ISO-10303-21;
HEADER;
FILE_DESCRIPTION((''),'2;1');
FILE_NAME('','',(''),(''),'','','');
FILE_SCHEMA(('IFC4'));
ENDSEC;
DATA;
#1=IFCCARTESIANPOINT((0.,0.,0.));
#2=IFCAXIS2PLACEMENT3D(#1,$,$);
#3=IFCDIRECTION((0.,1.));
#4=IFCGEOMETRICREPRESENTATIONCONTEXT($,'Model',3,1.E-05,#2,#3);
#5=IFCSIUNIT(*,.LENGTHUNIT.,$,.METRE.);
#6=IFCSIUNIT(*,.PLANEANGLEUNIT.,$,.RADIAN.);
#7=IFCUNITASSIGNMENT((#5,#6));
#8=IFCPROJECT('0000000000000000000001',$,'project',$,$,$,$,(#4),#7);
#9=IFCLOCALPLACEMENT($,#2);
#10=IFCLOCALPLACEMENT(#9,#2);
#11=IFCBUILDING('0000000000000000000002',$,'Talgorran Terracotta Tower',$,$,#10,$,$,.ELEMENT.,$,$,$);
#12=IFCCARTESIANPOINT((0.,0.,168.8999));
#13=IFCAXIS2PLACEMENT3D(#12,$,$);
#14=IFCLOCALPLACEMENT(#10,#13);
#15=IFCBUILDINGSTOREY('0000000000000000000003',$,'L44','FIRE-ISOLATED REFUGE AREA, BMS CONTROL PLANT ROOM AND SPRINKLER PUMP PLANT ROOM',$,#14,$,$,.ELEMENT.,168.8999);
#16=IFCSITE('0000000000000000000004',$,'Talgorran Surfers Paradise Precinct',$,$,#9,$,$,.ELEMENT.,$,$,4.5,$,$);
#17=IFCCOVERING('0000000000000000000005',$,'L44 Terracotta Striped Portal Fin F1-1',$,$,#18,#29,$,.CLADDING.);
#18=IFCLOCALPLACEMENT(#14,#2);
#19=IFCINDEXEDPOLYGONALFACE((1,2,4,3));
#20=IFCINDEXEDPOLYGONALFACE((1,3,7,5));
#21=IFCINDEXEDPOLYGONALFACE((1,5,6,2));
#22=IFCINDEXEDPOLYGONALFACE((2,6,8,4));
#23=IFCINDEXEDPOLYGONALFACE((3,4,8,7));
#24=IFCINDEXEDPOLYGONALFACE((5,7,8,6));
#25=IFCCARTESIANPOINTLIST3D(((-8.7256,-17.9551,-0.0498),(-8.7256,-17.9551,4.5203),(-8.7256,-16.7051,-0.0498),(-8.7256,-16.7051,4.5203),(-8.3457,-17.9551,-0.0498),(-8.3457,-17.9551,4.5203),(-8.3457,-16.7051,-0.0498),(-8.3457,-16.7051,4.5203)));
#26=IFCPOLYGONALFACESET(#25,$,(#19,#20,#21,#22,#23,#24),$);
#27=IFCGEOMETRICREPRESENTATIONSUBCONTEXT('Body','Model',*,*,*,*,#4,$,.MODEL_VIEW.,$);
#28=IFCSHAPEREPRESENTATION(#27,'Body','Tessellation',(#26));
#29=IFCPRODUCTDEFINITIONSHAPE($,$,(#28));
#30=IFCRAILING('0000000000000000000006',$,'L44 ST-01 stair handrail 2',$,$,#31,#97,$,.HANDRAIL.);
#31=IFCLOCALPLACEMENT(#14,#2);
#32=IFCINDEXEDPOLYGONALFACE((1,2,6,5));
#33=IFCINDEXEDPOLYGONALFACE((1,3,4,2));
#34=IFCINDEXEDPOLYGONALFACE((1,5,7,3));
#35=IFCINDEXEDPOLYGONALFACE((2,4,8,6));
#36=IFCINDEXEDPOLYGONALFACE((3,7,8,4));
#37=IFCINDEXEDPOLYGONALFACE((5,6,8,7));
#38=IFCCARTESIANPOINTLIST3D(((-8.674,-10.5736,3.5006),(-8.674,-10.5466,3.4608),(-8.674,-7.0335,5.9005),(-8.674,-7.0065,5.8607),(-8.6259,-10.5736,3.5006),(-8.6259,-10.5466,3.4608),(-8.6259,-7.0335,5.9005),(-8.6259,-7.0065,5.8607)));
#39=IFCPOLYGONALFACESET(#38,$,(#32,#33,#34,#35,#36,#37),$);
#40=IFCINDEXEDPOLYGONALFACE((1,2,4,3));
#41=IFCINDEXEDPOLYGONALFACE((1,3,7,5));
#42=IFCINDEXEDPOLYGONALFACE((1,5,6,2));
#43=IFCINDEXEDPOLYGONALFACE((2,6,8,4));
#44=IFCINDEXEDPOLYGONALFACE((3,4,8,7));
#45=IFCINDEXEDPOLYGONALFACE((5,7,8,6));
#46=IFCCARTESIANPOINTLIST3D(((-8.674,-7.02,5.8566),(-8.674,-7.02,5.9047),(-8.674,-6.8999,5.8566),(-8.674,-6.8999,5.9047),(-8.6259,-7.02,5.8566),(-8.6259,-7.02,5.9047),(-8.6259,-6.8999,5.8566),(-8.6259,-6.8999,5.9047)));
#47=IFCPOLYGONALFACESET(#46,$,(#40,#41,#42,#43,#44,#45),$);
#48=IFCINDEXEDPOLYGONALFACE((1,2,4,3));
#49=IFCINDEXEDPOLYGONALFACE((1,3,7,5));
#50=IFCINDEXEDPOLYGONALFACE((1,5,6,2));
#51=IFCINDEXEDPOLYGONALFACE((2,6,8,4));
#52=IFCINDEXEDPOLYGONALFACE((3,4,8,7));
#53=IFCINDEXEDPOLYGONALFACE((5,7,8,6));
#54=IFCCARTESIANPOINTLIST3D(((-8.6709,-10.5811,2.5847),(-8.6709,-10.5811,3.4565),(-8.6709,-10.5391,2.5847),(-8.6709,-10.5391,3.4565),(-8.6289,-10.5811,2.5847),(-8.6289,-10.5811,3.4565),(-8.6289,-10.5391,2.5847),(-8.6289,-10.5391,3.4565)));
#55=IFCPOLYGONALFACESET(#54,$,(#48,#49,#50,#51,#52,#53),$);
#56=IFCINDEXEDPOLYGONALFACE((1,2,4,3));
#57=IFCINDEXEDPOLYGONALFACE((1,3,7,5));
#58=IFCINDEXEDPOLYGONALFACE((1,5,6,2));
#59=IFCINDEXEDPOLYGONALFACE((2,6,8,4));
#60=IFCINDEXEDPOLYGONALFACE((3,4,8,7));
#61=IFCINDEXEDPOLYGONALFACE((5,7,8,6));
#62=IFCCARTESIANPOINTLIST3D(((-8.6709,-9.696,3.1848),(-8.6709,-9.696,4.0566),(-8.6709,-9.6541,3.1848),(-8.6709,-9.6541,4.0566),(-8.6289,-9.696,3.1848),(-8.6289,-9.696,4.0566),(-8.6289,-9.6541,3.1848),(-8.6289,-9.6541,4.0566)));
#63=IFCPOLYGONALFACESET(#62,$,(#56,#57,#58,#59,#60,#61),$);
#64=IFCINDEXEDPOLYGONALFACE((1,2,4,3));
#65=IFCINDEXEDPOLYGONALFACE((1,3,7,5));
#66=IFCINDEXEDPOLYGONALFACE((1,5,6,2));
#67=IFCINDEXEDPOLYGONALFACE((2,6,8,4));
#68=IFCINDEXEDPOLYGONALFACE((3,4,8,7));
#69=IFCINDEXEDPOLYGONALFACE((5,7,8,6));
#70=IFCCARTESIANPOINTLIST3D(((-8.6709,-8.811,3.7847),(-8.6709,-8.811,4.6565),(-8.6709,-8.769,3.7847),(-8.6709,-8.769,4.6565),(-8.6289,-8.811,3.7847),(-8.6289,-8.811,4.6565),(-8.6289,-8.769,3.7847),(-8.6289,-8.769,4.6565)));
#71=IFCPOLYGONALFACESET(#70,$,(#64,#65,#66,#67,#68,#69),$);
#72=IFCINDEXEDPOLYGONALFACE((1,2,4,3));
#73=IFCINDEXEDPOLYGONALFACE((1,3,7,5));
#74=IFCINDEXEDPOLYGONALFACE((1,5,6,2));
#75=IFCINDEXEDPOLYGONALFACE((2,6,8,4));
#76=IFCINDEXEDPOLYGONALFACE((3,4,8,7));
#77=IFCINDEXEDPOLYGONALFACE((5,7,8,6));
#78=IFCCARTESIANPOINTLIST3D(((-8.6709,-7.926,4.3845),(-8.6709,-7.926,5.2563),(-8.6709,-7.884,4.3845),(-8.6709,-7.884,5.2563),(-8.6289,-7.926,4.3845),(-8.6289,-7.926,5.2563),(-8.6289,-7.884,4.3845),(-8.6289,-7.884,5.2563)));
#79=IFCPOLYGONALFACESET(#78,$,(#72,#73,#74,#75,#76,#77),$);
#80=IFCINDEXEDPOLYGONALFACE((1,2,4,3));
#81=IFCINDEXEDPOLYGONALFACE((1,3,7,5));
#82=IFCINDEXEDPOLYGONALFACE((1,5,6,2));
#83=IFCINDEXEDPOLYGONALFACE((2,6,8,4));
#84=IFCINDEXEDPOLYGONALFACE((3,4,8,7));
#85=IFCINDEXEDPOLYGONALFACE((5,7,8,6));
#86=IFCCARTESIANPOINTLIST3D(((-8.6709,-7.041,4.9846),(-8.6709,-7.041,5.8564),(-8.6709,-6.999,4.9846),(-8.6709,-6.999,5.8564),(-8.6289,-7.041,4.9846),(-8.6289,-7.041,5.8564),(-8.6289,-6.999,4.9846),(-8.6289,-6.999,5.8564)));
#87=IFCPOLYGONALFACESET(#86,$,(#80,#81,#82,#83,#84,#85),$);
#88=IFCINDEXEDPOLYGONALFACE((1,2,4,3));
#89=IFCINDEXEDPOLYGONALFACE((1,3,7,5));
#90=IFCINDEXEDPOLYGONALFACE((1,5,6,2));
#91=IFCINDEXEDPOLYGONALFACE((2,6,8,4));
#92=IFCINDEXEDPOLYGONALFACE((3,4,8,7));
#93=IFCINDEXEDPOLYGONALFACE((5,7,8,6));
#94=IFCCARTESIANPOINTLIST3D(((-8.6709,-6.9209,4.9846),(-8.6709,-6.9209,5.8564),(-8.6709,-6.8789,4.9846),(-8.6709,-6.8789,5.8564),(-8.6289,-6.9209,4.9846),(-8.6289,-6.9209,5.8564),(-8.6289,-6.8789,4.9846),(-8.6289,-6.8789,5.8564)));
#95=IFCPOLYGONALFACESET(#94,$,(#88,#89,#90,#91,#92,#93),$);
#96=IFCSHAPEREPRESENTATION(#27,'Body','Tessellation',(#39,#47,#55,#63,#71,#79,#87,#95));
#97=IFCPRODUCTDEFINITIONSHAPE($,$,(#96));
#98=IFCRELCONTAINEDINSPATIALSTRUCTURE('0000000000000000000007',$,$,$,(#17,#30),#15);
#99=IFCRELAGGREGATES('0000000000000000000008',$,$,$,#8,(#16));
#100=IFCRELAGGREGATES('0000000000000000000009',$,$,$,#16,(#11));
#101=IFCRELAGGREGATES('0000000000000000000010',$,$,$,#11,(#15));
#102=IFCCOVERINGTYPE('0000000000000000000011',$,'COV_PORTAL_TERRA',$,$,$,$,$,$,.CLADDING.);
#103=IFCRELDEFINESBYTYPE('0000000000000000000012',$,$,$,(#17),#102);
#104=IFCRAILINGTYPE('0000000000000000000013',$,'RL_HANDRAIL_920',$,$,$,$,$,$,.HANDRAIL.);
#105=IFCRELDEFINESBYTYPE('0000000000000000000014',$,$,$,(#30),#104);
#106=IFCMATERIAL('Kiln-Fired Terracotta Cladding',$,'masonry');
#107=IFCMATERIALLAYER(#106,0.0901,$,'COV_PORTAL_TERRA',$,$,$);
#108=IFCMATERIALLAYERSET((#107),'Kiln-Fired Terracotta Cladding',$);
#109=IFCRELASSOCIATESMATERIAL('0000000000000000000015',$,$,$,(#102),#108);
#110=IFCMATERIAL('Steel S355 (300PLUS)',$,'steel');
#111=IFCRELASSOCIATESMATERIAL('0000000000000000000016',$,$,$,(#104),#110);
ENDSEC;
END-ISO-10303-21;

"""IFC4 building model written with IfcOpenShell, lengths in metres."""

from ifc_helpers import new_model, si_unit, direction, frame, origin, origin_2d, place, context, subcontext, project, spatial, rectangle, extrude, material, layer, layer_set, type_object, element, save


model = new_model("IFC4")

# Units and contexts
model_context = context("Model", 3, precision=1e-05, world=origin(), true_north=direction((0.0, 1.0)))
body_context = subcontext(model_context, "Body", "Model", "MODEL_VIEW")
ifc_project = project(units=[si_unit("LENGTHUNIT", "METRE"), si_unit("PLANEANGLEUNIT", "RADIAN")], contexts=[model_context])

# Site, building, storey
site_placement = place(None, origin())
site = spatial("IfcSite", under=ifc_project, at=site_placement, Name="Talgorran Surfers Paradise Precinct", CompositionType="ELEMENT", RefElevation=4.5)
building_placement = place(site_placement, origin())
building = spatial("IfcBuilding", under=site, at=building_placement, Name="Talgorran Terracotta Tower", CompositionType="ELEMENT")
storey_placement = place(building_placement, frame((0.0, 0.0, 168.8999)))
storey = spatial("IfcBuildingStorey", under=building, at=storey_placement, Name="L44", Description="FIRE-ISOLATED REFUGE AREA, BMS CONTROL PLANT ROOM AND SPRINKLER PUMP PLANT ROOM", CompositionType="ELEMENT", Elevation=168.8999)

# Covering
ifc_material_1 = material(Name="Kiln-Fired Terracotta Cladding", Category="masonry")
ifc_layer_1 = layer(ifc_material_1, 0.0901, Name="COV_PORTAL_TERRA")
ifc_layer_set_1 = layer_set([ifc_layer_1], Name="Kiln-Fired Terracotta Cladding")
covering_type = type_object("IfcCoveringType", Name="COV_PORTAL_TERRA", PredefinedType="CLADDING", material=ifc_layer_set_1)
covering_placement = place(storey_placement, frame((-8.5356, -17.3301, -0.0498), z_axis=(0.0, 0.0, 1.0), x_axis=(1.0, 0.0, 0.0)))
element("IfcCovering", 1, at=covering_placement, inside=storey, type_object=covering_type, Name="L44 Terracotta Striped Portal Fin F1-1", PredefinedType="CLADDING", context=body_context, shape_type="SweptSolid", body=[
    extrude(rectangle(XDim=0.3799, YDim=1.25, at=origin_2d()), origin(), (0.0, 0.0, 1.0), 4.5701),
])

# Railing
ifc_material_2 = material(Name="Steel S355 (300PLUS)", Category="steel")
railing_type = type_object("IfcRailingType", Name="RL_HANDRAIL_920", PredefinedType="HANDRAIL", material=ifc_material_2)
railing_placement = place(storey_placement, frame((-8.6499, -10.5601, 2.5847)))
element("IfcRailing", 2, at=railing_placement, inside=storey, type_object=railing_type, Name="L44 ST-01 stair handrail 2", PredefinedType="HANDRAIL", context=body_context, shape_type="SweptSolid", body=[
    extrude(rectangle(XDim=0.0481, YDim=0.0481, at=origin_2d()), frame((0.0, 0.0, 0.896), z_axis=(0.0, 0.827722, 0.561138), x_axis=(-1.0, 0.0, 0.0)), (0.0, 0.0, 1.0), 4.2769),
    extrude(rectangle(XDim=0.0481, YDim=0.0481, at=origin_2d()), frame((0.0, 3.54, 3.2959), z_axis=(0.0, 1.0, 0.0), x_axis=(-1.0, 0.0, 0.0)), (0.0, 0.0, 1.0), 0.1201),
    extrude(rectangle(XDim=0.042, YDim=0.042, at=origin_2d()), origin(), (0.0, 0.0, 1.0), 0.8718),
    extrude(rectangle(XDim=0.042, YDim=0.042, at=origin_2d()), frame((0.0, 0.885, 0.6001)), (0.0, 0.0, 1.0), 0.8718),
    extrude(rectangle(XDim=0.042, YDim=0.042, at=origin_2d()), frame((0.0, 1.77, 1.2)), (0.0, 0.0, 1.0), 0.8718),
    extrude(rectangle(XDim=0.042, YDim=0.042, at=origin_2d()), frame((0.0, 2.655, 1.7998)), (0.0, 0.0, 1.0), 0.8718),
    extrude(rectangle(XDim=0.042, YDim=0.042, at=origin_2d()), frame((0.0, 3.54, 2.3999)), (0.0, 0.0, 1.0), 0.8718),
    extrude(rectangle(XDim=0.042, YDim=0.042, at=origin_2d()), frame((0.0, 3.6602, 2.3999)), (0.0, 0.0, 1.0), 0.8718),
])

save(model, "model.ifc")
